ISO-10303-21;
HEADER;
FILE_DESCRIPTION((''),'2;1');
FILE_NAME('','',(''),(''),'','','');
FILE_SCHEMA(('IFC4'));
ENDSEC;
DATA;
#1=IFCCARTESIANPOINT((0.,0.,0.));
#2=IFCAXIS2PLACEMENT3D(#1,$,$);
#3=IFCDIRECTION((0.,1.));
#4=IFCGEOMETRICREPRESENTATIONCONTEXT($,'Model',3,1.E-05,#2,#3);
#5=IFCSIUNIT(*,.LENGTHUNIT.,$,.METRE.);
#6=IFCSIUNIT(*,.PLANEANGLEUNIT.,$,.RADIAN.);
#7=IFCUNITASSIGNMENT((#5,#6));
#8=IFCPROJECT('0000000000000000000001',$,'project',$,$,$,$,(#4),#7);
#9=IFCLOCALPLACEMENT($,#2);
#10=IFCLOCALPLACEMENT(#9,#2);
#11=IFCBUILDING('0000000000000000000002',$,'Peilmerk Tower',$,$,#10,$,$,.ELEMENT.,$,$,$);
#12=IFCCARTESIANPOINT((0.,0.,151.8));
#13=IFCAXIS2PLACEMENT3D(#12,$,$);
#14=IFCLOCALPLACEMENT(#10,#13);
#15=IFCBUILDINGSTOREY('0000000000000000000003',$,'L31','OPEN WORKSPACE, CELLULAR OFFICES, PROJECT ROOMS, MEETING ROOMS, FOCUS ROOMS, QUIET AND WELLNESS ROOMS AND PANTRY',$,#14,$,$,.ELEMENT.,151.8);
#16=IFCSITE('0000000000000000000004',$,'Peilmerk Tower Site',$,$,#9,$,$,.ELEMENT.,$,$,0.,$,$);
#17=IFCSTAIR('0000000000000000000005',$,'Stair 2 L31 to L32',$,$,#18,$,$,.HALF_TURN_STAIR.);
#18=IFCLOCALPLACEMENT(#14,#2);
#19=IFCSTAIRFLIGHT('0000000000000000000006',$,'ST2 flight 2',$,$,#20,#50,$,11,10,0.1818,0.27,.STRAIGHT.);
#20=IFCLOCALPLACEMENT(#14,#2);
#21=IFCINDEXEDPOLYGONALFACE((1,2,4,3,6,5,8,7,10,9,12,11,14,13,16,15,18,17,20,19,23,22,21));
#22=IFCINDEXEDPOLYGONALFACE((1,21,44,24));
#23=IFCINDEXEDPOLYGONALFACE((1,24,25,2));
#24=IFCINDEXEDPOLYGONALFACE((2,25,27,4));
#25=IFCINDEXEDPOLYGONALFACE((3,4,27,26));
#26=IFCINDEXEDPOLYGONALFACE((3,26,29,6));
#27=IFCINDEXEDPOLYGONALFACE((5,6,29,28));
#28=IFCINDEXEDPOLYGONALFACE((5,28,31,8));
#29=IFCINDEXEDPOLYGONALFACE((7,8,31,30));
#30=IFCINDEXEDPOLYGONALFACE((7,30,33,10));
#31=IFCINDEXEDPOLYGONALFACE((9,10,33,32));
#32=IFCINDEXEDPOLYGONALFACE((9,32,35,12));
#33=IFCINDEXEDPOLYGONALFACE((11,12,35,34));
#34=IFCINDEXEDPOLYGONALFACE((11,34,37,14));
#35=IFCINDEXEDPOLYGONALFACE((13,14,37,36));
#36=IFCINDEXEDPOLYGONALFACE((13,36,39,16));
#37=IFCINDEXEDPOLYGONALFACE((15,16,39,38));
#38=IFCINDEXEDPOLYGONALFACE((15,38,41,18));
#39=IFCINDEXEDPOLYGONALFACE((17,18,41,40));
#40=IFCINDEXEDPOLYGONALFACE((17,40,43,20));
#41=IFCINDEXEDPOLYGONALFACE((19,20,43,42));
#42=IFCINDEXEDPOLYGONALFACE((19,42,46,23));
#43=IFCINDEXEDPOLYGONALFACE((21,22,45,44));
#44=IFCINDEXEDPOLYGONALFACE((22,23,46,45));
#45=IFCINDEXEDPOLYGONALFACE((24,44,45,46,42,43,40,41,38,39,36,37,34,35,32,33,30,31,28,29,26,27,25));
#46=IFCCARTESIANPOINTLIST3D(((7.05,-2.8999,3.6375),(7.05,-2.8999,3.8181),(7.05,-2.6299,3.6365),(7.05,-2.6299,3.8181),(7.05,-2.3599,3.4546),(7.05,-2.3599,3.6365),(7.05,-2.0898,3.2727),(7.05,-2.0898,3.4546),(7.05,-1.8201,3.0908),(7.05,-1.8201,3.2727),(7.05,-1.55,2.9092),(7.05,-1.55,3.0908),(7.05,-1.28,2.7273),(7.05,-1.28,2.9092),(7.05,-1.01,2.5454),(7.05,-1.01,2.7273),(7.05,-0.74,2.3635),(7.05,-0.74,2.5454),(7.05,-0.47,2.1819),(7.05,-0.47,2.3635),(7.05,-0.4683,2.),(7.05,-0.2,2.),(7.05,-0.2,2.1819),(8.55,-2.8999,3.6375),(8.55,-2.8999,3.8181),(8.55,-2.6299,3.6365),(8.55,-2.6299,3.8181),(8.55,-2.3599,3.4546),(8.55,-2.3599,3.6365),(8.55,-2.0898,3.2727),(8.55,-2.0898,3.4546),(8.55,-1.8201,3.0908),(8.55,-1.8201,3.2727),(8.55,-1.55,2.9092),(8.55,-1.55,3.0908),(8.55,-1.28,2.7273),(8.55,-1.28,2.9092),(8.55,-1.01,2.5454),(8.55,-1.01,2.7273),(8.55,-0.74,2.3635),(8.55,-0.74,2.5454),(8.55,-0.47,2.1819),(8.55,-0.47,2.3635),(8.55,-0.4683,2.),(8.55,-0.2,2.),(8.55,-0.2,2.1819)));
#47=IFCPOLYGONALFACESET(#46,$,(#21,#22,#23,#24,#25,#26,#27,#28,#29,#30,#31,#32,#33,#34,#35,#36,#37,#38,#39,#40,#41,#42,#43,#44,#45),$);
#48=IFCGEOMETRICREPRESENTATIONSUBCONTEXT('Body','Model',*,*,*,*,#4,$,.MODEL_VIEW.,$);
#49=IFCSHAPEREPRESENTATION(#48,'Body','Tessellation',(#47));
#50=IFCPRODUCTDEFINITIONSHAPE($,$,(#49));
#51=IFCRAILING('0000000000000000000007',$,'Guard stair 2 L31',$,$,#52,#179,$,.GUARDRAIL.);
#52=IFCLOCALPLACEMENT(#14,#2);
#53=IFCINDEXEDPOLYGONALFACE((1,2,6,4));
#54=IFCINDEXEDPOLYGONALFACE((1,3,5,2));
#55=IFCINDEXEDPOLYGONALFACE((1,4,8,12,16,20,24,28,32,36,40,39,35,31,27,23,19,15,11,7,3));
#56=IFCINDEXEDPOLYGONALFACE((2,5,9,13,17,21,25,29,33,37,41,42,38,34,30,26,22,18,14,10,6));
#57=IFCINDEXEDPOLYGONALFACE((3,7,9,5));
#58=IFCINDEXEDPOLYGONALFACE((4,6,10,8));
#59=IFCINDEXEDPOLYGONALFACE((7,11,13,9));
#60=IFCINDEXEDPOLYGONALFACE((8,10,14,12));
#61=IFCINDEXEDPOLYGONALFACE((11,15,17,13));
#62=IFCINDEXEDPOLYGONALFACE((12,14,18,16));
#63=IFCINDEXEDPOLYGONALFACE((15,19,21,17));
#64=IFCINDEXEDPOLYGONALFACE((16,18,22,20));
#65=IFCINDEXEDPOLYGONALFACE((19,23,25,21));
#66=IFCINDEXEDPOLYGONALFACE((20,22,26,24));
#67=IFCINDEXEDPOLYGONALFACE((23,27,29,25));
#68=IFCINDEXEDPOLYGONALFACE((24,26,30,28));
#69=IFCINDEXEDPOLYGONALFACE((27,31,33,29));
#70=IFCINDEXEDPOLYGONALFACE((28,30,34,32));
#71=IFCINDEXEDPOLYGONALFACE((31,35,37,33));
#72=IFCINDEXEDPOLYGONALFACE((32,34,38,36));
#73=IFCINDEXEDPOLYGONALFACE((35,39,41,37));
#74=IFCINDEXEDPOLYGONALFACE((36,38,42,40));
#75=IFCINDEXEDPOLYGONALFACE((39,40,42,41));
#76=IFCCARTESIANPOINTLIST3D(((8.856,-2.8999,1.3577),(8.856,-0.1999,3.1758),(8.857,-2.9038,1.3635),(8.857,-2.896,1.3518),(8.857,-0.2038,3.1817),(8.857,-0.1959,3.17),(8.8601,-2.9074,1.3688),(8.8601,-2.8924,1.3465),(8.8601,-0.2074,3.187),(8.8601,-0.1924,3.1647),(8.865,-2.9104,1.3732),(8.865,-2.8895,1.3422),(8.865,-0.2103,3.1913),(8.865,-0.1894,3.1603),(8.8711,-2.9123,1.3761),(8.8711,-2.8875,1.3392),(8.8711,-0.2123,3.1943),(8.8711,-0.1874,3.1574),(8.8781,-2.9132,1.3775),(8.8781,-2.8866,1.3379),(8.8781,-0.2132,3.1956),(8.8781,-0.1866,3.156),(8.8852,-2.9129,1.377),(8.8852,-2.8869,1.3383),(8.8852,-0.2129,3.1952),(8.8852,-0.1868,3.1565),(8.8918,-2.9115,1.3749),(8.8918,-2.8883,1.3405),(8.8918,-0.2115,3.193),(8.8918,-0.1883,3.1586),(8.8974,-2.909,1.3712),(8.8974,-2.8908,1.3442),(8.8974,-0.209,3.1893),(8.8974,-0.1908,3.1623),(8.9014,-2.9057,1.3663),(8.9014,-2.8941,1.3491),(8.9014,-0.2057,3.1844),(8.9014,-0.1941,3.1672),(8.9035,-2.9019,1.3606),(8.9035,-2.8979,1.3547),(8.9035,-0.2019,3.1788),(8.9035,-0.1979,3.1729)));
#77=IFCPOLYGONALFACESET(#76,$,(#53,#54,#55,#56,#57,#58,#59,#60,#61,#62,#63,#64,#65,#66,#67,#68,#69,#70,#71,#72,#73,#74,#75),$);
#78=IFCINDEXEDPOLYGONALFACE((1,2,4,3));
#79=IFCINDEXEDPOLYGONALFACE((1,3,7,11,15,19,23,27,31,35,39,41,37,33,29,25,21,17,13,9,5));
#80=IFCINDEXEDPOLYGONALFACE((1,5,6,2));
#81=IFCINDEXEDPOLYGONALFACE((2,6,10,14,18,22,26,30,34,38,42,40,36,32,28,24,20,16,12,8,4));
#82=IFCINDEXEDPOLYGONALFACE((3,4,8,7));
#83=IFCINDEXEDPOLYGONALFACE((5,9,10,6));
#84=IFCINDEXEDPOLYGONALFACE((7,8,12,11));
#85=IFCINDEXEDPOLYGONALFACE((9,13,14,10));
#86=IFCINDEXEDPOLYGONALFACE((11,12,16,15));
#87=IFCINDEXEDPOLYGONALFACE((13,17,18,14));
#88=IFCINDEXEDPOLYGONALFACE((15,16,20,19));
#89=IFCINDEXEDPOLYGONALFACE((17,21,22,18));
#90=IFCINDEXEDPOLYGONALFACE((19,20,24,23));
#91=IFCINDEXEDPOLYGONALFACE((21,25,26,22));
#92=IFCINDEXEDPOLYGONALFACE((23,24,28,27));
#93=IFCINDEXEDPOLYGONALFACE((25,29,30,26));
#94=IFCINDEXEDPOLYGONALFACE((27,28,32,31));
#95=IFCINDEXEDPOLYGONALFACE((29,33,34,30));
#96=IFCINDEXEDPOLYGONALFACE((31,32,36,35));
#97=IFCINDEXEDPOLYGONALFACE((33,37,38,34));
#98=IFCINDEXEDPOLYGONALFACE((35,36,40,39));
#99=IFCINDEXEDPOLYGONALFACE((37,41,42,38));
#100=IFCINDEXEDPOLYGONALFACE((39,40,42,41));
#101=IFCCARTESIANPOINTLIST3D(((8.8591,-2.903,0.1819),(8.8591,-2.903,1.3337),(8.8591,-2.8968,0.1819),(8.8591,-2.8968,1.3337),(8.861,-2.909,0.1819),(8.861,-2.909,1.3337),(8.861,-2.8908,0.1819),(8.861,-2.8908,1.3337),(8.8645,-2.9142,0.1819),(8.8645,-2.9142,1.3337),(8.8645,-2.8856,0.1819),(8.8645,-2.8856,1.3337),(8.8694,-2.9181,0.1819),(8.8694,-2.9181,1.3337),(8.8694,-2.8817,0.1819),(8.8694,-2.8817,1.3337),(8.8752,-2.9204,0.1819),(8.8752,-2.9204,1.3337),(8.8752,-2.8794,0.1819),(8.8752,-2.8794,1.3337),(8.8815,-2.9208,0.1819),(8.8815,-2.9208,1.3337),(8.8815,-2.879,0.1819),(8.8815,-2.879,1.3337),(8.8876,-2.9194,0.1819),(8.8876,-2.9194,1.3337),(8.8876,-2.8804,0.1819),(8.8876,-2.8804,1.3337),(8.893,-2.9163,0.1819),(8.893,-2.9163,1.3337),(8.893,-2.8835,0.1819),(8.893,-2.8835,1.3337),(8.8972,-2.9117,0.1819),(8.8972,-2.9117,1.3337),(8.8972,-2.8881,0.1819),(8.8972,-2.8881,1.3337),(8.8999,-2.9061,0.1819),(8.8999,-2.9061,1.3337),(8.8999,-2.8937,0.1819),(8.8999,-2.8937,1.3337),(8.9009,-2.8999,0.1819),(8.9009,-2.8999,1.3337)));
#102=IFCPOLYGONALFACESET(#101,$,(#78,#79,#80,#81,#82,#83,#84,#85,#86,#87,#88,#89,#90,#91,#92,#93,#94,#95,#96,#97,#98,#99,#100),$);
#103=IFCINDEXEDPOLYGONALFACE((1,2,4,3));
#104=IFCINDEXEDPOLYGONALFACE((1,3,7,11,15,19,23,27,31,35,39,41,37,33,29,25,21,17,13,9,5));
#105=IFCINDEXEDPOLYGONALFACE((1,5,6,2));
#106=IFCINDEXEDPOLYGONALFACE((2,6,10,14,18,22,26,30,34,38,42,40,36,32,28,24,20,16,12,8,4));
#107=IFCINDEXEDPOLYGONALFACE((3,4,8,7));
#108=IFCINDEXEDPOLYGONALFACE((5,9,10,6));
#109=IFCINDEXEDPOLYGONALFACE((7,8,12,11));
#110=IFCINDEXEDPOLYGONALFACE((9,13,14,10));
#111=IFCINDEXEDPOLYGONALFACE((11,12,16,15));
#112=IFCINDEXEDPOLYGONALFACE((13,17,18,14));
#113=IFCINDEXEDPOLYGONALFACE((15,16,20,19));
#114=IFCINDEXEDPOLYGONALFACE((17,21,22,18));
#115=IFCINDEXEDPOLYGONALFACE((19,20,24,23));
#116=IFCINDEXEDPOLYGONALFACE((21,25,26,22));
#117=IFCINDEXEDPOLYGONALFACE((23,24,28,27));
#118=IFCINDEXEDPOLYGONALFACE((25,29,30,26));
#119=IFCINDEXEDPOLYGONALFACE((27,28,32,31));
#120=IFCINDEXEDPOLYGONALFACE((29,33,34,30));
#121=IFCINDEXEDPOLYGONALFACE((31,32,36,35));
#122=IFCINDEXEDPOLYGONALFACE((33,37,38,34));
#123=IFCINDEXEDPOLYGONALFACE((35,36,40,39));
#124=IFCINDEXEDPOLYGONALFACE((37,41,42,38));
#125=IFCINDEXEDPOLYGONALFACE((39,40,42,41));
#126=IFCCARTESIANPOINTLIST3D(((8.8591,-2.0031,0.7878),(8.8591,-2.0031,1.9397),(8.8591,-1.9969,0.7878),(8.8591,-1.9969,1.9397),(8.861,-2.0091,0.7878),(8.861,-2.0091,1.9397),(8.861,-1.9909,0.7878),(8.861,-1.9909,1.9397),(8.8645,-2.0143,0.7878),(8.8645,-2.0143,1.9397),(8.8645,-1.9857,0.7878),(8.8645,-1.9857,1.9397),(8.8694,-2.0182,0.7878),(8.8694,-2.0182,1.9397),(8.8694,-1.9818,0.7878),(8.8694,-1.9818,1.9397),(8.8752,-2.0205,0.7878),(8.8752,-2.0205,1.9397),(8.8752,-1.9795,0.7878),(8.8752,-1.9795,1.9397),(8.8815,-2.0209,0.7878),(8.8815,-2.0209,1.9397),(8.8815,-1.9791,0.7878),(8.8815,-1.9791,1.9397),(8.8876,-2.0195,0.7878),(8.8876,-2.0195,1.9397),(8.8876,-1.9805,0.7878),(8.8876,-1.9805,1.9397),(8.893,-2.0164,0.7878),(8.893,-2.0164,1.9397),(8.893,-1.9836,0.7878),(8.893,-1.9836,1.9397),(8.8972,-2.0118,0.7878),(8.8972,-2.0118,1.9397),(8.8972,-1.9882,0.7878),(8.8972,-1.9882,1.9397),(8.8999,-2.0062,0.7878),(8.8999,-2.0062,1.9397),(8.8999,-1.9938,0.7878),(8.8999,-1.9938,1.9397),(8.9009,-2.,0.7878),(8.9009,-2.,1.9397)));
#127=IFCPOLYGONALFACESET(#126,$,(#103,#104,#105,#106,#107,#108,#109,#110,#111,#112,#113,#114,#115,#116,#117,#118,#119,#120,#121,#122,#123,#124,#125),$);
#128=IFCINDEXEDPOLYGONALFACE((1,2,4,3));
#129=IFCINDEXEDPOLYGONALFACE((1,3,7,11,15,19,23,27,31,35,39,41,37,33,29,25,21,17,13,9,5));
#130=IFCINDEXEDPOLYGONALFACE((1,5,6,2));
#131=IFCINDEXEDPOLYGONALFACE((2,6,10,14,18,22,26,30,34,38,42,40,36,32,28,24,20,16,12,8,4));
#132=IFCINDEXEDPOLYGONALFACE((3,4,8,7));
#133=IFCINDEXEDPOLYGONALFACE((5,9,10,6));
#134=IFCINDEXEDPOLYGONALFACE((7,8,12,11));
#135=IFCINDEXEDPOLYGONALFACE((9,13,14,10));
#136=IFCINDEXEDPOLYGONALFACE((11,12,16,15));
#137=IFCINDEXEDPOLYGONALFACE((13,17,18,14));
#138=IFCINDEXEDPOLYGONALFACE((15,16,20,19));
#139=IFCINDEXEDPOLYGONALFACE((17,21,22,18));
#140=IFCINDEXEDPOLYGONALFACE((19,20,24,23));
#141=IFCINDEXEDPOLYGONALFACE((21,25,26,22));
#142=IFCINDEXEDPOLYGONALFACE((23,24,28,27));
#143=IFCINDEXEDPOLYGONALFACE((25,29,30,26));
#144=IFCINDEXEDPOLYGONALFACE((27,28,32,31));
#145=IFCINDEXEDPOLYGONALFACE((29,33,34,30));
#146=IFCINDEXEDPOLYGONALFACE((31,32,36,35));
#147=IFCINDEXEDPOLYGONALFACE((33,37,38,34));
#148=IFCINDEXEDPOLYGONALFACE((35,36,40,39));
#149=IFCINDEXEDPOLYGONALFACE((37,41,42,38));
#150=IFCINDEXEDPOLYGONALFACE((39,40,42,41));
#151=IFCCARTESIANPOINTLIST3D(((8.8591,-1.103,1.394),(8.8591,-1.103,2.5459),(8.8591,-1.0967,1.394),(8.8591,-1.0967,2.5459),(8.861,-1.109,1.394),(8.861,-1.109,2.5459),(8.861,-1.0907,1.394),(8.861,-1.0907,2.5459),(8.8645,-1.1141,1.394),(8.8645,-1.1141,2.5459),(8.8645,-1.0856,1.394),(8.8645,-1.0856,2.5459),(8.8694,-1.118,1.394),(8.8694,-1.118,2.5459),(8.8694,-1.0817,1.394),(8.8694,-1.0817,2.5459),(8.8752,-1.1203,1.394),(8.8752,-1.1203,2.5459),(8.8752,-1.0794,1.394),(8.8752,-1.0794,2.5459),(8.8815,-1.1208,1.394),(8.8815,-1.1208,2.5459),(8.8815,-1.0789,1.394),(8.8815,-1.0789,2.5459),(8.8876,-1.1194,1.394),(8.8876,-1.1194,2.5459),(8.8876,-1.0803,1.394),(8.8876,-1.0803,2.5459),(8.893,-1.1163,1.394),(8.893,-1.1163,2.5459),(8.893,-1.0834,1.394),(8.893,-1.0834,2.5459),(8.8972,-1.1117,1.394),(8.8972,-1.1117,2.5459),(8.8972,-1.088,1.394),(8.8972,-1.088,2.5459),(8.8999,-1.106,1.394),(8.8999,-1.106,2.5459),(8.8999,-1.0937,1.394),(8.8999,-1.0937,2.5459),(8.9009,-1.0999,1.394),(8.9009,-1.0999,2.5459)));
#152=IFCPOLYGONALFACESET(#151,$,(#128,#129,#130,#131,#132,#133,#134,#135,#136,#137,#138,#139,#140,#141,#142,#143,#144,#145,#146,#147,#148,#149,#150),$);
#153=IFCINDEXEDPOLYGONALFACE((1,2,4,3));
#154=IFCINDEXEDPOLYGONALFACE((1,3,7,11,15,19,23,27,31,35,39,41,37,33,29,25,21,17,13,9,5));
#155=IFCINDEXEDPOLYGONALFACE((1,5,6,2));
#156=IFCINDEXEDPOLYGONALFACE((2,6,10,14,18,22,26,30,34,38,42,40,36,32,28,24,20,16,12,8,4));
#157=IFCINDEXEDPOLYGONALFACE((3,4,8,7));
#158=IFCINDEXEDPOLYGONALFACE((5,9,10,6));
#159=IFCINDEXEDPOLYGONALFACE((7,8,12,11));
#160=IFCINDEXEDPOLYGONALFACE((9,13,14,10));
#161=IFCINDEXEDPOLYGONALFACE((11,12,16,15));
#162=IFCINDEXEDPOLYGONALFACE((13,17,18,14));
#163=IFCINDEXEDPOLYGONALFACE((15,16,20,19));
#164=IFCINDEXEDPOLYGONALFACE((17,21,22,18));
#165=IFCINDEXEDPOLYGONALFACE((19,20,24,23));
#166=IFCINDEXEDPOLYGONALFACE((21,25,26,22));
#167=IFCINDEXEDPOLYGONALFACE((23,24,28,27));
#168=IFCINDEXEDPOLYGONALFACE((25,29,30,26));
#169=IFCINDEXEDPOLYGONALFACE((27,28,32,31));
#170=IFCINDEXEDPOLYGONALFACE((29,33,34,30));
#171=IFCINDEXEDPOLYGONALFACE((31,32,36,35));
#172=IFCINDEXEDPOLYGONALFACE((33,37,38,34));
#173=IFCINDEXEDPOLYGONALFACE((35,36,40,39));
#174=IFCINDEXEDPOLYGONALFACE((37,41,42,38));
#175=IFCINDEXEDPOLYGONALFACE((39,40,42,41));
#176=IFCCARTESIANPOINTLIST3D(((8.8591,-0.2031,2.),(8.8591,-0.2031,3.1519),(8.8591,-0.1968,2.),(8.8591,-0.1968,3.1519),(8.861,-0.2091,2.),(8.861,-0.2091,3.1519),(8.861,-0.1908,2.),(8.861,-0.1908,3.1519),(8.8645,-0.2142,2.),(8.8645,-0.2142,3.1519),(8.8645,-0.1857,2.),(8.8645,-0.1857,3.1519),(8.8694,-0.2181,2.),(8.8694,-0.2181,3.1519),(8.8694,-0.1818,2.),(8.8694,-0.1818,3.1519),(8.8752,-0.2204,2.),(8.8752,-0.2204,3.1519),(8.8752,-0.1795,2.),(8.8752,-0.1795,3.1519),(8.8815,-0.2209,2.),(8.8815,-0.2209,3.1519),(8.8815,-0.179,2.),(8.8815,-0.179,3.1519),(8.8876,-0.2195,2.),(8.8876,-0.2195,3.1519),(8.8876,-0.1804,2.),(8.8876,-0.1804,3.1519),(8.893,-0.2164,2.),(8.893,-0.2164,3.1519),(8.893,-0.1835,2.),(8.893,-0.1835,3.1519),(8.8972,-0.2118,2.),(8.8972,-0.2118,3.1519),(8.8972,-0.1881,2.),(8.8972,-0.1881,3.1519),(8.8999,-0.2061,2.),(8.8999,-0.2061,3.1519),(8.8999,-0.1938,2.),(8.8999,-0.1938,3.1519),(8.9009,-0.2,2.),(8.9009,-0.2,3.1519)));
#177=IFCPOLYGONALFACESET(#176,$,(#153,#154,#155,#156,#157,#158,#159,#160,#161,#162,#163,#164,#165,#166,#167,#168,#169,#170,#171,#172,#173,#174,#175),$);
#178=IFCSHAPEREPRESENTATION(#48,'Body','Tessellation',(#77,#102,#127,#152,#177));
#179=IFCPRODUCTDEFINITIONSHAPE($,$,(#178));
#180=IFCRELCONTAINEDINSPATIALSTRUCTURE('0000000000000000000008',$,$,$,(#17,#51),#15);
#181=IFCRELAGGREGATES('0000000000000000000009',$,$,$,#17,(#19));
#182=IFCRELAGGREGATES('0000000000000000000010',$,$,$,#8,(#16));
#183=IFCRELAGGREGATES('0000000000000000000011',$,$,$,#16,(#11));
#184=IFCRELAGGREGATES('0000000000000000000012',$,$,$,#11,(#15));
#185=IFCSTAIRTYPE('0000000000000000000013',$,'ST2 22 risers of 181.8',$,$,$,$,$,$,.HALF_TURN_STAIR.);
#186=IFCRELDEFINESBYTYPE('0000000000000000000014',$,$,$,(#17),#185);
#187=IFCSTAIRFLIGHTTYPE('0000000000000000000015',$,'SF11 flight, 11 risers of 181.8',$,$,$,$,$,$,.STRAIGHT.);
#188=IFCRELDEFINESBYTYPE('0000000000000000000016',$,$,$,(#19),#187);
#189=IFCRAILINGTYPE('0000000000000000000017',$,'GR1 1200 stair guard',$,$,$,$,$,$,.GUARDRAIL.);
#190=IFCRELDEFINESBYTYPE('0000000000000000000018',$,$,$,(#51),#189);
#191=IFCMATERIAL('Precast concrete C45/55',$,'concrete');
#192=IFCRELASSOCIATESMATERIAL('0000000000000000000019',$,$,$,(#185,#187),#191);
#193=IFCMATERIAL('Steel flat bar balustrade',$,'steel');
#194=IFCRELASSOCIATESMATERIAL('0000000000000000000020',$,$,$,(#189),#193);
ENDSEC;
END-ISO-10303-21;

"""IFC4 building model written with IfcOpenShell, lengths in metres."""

from ifc_helpers import new_model, si_unit, direction, frame, origin, origin_2d, place, context, subcontext, project, spatial, polyline, circle, outline, extrude, material, type_object, element, aggregate, save


model = new_model("IFC4")

# Units and contexts
model_context = context("Model", 3, precision=1e-05, world=origin(), true_north=direction((0.0, 1.0)))
body_context = subcontext(model_context, "Body", "Model", "MODEL_VIEW")
ifc_project = project(units=[si_unit("LENGTHUNIT", "METRE"), si_unit("PLANEANGLEUNIT", "RADIAN")], contexts=[model_context])

# Site, building, storey
site_placement = place(None, origin())
site = spatial("IfcSite", under=ifc_project, at=site_placement, Name="Peilmerk Tower Site", CompositionType="ELEMENT", RefElevation=0.0)
building_placement = place(site_placement, origin())
building = spatial("IfcBuilding", under=site, at=building_placement, Name="Peilmerk Tower", CompositionType="ELEMENT")
storey_placement = place(building_placement, frame((0.0, 0.0, 151.8)))
storey = spatial("IfcBuildingStorey", under=building, at=storey_placement, Name="L31", Description="OPEN WORKSPACE, CELLULAR OFFICES, PROJECT ROOMS, MEETING ROOMS, FOCUS ROOMS, QUIET AND WELLNESS ROOMS AND PANTRY", CompositionType="ELEMENT", Elevation=151.8)

# Stair, stair flight
ifc_material_1 = material(Name="Precast concrete C45/55", Category="concrete")
stair_type = type_object("IfcStairType", Name="ST2 22 risers of 181.8", PredefinedType="HALF_TURN_STAIR", material=ifc_material_1)
stair_placement = place(storey_placement, origin())
stair = element("IfcStair", 1, at=stair_placement, inside=storey, type_object=stair_type, Name="Stair 2 L31 to L32", PredefinedType="HALF_TURN_STAIR")
stair_flight_type = type_object("IfcStairFlightType", Name="SF11 flight, 11 risers of 181.8", PredefinedType="STRAIGHT", material=ifc_material_1)
stair_flight_1_placement = place(storey_placement, frame((7.8, -0.2, 2.0), z_axis=(0.0, 0.0, 1.0), x_axis=(0.0, -1.0, 0.0)))
stair_flight_1 = element("IfcStairFlight", 2, at=stair_flight_1_placement, type_object=stair_flight_type, Name="ST2 flight 2", NumberOfRisers=11, NumberOfTreads=10, PredefinedType="STRAIGHT", RiserHeight=0.1818, TreadLength=0.27, context=body_context, shape_type="SweptSolid", body=[
    extrude(outline(polyline([(0.0, 0.0), (0.0, 0.1819), (0.27, 0.1819), (0.27, 0.3635), (0.54, 0.3635), (0.54, 0.5454), (0.8101, 0.5454), (0.8101, 0.7273), (1.0801, 0.7273), (1.0801, 0.9092), (1.3501, 0.9092), (1.3501, 1.0908), (1.6201, 1.0908), (1.6201, 1.2727), (1.8899, 1.2727), (1.8899, 1.4546), (2.1599, 1.4546), (2.1599, 1.6365), (2.4299, 1.6365), (2.4299, 1.8181), (2.7, 1.8181), (2.7, 2.0), (2.7, 1.6375), (0.2683, 0.0), (0.0, 0.0)])), frame((0.0, 0.75, 0.0), z_axis=(0.0, -1.0, 0.0), x_axis=(1.0, 0.0, 0.0)), (0.0, 0.0, 1.0), 1.5),
])
aggregate(stair, [stair_flight_1])

# Railing
ifc_material_2 = material(Name="Steel flat bar balustrade", Category="steel")
railing_type_1 = type_object("IfcRailingType", Name="GR1 1200 stair guard", PredefinedType="GUARDRAIL", material=ifc_material_2)
railing_1_placement = place(storey_placement, frame((8.8799, -2.8999, 0.1819)))
element("IfcRailing", 3, at=railing_1_placement, inside=storey, type_object=railing_type_1, Name="Guard stair 2 L31", PredefinedType="GUARDRAIL", context=body_context, shape_type="SweptSolid", body=[
    extrude(circle(Radius=0.0239, at=origin_2d()), frame((0.0, 0.0, 1.1758), z_axis=(0.0, 0.829468, 0.558554), x_axis=(-1.0, 0.0, 0.0)), (0.0, 0.0, 1.0), 3.2551),
    extrude(circle(Radius=0.021, at=origin_2d()), origin(), (0.0, 0.0, 1.0), 1.1519),
    extrude(circle(Radius=0.021, at=origin_2d()), frame((0.0, 0.8999, 0.606)), (0.0, 0.0, 1.0), 1.1519),
    extrude(circle(Radius=0.021, at=origin_2d()), frame((0.0, 1.8, 1.2122)), (0.0, 0.0, 1.0), 1.1519),
    extrude(circle(Radius=0.021, at=origin_2d()), frame((0.0, 2.7, 1.8181)), (0.0, 0.0, 1.0), 1.1519),
])

save(model, "model.ifc")
